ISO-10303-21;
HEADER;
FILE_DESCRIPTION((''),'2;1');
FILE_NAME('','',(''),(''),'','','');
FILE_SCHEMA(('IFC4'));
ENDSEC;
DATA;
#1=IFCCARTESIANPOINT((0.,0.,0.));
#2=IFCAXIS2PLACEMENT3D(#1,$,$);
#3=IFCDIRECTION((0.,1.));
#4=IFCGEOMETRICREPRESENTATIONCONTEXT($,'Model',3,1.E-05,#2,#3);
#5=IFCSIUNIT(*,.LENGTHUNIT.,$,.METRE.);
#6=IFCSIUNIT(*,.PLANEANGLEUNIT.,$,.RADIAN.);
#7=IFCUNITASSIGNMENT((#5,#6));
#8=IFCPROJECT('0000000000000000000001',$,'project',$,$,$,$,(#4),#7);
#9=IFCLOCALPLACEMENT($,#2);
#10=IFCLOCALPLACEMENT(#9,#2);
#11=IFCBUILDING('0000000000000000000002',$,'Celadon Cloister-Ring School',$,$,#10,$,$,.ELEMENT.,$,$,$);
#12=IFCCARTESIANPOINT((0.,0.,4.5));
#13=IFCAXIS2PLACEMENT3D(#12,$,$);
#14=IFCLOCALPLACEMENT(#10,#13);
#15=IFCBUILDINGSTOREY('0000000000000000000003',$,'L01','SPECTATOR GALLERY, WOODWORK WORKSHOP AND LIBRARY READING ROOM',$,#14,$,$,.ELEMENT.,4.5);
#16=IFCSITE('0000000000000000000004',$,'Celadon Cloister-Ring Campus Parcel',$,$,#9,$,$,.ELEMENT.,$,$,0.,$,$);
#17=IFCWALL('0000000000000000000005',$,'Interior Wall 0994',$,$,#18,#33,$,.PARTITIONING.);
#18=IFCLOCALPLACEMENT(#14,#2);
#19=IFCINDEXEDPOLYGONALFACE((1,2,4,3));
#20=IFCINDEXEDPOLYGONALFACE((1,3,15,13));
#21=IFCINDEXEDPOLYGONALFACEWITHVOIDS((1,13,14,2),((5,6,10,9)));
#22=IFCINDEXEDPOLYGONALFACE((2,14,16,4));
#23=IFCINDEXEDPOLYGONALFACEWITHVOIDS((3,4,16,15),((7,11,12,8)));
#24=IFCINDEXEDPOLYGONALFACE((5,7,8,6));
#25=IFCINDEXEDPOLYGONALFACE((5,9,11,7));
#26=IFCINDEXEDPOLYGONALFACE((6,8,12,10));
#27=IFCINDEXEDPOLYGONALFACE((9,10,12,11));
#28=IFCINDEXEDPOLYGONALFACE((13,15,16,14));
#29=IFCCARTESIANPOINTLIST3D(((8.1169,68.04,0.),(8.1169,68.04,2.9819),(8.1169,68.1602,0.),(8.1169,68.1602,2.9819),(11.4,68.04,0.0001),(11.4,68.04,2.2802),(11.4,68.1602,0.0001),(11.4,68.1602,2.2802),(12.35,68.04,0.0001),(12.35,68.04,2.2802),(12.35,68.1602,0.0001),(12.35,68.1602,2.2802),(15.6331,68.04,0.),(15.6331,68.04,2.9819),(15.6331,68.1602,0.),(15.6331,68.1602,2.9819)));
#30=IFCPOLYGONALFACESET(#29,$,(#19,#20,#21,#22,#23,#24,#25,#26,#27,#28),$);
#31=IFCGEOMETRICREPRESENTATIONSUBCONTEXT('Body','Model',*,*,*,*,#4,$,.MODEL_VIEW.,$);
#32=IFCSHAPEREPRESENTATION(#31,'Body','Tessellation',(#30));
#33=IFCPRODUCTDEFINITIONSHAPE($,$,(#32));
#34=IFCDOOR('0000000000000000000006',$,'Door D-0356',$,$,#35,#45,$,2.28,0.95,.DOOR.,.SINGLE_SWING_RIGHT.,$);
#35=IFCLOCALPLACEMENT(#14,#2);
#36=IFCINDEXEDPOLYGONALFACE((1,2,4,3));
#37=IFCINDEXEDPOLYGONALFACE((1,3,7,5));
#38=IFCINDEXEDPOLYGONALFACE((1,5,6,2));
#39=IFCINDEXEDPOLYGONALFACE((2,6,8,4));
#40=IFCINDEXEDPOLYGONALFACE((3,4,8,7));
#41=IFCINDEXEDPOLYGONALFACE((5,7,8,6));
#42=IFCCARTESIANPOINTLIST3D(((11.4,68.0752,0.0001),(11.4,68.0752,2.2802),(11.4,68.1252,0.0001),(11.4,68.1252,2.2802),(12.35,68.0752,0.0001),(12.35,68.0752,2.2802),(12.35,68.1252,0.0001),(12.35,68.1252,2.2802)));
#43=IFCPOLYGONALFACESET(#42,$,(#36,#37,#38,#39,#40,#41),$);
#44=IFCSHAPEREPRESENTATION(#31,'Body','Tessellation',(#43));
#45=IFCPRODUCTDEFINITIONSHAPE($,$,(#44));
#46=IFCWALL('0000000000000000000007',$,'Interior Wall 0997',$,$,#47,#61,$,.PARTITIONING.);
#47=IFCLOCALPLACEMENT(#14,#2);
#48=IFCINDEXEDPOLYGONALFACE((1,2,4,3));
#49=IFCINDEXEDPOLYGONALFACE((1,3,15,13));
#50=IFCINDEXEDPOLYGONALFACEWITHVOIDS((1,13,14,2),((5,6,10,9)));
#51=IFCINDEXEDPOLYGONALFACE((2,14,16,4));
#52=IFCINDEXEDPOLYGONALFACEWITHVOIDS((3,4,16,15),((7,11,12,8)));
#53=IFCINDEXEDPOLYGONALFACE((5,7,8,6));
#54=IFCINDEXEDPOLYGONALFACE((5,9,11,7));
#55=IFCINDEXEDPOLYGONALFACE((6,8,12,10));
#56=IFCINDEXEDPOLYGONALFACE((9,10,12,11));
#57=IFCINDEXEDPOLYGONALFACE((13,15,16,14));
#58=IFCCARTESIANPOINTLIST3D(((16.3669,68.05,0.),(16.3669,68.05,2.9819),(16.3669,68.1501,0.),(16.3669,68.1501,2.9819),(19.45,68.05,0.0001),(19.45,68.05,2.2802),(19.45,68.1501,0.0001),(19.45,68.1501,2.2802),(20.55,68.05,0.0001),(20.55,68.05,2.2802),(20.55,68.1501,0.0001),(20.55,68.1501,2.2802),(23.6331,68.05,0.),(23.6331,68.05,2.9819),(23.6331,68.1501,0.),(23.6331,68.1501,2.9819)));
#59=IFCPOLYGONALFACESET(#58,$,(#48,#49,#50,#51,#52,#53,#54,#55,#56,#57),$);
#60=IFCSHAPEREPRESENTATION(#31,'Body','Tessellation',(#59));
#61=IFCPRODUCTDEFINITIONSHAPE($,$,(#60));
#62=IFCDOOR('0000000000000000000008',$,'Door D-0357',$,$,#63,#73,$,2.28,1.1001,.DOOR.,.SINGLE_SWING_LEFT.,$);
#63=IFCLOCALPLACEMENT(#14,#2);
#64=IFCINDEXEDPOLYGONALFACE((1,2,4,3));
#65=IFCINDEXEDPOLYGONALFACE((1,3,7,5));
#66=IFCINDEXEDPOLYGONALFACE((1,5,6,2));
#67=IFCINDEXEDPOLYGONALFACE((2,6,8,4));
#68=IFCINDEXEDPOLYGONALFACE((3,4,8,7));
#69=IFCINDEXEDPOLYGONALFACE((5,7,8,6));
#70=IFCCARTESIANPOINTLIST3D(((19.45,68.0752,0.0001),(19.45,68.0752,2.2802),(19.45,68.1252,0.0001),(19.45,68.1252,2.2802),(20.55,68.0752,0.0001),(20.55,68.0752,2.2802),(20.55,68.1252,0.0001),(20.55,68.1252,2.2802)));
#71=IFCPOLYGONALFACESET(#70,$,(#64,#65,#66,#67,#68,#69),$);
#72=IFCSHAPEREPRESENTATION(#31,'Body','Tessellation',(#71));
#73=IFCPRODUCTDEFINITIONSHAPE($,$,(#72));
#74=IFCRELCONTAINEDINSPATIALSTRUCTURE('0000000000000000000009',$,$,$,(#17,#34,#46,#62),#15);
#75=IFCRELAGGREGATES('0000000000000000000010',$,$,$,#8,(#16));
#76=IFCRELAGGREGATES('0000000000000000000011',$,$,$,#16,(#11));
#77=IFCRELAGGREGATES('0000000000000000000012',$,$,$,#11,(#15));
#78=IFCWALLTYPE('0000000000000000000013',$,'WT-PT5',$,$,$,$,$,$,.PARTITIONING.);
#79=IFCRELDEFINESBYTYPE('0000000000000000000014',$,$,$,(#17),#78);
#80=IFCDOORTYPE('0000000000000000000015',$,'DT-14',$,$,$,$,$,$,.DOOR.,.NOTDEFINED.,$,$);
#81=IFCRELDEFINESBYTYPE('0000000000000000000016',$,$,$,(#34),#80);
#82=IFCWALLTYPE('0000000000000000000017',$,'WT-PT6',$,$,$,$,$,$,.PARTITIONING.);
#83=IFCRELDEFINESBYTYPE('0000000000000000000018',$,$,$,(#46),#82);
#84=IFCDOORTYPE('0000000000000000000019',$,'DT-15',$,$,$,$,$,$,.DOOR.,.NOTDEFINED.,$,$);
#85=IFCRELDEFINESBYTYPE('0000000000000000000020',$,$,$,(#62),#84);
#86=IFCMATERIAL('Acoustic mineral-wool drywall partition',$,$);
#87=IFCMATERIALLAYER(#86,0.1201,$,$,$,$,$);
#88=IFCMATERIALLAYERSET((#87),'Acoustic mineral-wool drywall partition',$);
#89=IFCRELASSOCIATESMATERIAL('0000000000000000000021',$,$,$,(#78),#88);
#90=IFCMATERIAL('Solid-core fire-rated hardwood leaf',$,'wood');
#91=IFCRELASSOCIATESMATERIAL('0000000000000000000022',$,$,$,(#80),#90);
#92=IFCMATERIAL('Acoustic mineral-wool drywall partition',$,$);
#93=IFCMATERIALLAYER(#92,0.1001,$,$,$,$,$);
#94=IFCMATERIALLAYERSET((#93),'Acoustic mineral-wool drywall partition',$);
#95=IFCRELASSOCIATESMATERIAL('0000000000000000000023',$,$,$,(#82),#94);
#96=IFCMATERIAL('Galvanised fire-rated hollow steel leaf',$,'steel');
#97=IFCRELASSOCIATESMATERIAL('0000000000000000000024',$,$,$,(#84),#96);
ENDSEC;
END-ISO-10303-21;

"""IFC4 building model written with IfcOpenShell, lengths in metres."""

from ifc_helpers import new_model, si_unit, direction, frame, frame_2d, origin, place, context, subcontext, project, spatial, rectangle, extrude, material, layer, layer_set, type_object, element, fill, save


model = new_model("IFC4")

# Units and contexts
model_context = context("Model", 3, precision=1e-05, world=origin(), true_north=direction((0.0, 1.0)))
body_context = subcontext(model_context, "Body", "Model", "MODEL_VIEW")
ifc_project = project(units=[si_unit("LENGTHUNIT", "METRE"), si_unit("PLANEANGLEUNIT", "RADIAN")], contexts=[model_context])

# Site, building, storey
site_placement = place(None, origin())
site = spatial("IfcSite", under=ifc_project, at=site_placement, Name="Celadon Cloister-Ring Campus Parcel", CompositionType="ELEMENT", RefElevation=0.0)
building_placement = place(site_placement, origin())
building = spatial("IfcBuilding", under=site, at=building_placement, Name="Celadon Cloister-Ring School", CompositionType="ELEMENT")
storey_placement = place(building_placement, frame((0.0, 0.0, 4.5)))
storey = spatial("IfcBuildingStorey", under=building, at=storey_placement, Name="L01", Description="SPECTATOR GALLERY, WOODWORK WORKSHOP AND LIBRARY READING ROOM", CompositionType="ELEMENT", Elevation=4.5)

# Walls, openings, doors
ifc_material_1 = material(Name="Acoustic mineral-wool drywall partition")
ifc_layer_1 = layer(ifc_material_1, 0.1201)
ifc_layer_set_1 = layer_set([ifc_layer_1], Name="Acoustic mineral-wool drywall partition")
wall_type_1 = type_object("IfcWallType", Name="WT-PT5", PredefinedType="PARTITIONING", material=ifc_layer_set_1)
wall_1_placement = place(storey_placement, frame((15.6331, 68.1001, 0.0), z_axis=(0.0, 0.0, 1.0), x_axis=(-1.0, 0.0, 0.0)))
wall_1 = element("IfcWall", 1, at=wall_1_placement, inside=storey, type_object=wall_type_1, Name="Interior Wall 0994", PredefinedType="PARTITIONING", context=body_context, shape_type="SweptSolid", body=[
    extrude(rectangle(XDim=7.5161, YDim=0.1201, at=frame_2d((3.7581, 0.0))), origin(), (0.0, 0.0, 1.0), 2.9819),
])
opening_1_placement = place(wall_1_placement, frame((3.283, 0.0, 0.0)))
opening_1 = element("IfcOpeningElement", 2, at=opening_1_placement, cuts=wall_1, PredefinedType="OPENING", context=body_context, shape_type="SweptSolid", body=[
    extrude(rectangle(XDim=0.95, YDim=2.28, at=frame_2d((0.4751, 1.1401))), frame((0.0, 0.0701, 0.0), z_axis=(0.0, -1.0, 0.0), x_axis=(1.0, 0.0, 0.0)), (0.0, 0.0, 1.0), 0.1401),
])
ifc_material_2 = material(Name="Solid-core fire-rated hardwood leaf", Category="wood")
door_type_1 = type_object("IfcDoorType", Name="DT-14", OperationType="NOTDEFINED", PredefinedType="DOOR", material=ifc_material_2)
door_1_placement = place(opening_1_placement, origin())
door_1 = element("IfcDoor", 3, at=door_1_placement, inside=storey, type_object=door_type_1, Name="Door D-0356", OperationType="SINGLE_SWING_RIGHT", OverallHeight=2.28, OverallWidth=0.95, PredefinedType="DOOR", context=body_context, shape_type="SweptSolid", body=[
    extrude(rectangle(XDim=0.95, YDim=2.28, at=frame_2d((0.4751, 1.1401))), frame((0.0, 0.0249, 0.0), z_axis=(0.0, -1.0, 0.0), x_axis=(1.0, 0.0, 0.0)), (0.0, 0.0, 1.0), 0.05),
])
fill(opening_1, door_1)
ifc_material_3 = material(Name="Acoustic mineral-wool drywall partition")
ifc_layer_2 = layer(ifc_material_3, 0.1001)
ifc_layer_set_2 = layer_set([ifc_layer_2], Name="Acoustic mineral-wool drywall partition")
wall_type_2 = type_object("IfcWallType", Name="WT-PT6", PredefinedType="PARTITIONING", material=ifc_layer_set_2)
wall_2_placement = place(storey_placement, frame((23.6331, 68.1001, 0.0), z_axis=(0.0, 0.0, 1.0), x_axis=(-1.0, 0.0, 0.0)))
wall_2 = element("IfcWall", 4, at=wall_2_placement, inside=storey, type_object=wall_type_2, Name="Interior Wall 0997", PredefinedType="PARTITIONING", context=body_context, shape_type="SweptSolid", body=[
    extrude(rectangle(XDim=7.2661, YDim=0.1001, at=frame_2d((3.6331, 0.0))), origin(), (0.0, 0.0, 1.0), 2.9819),
])
opening_2_placement = place(wall_2_placement, frame((3.083, 0.0, 0.0)))
opening_2 = element("IfcOpeningElement", 5, at=opening_2_placement, cuts=wall_2, PredefinedType="OPENING", context=body_context, shape_type="SweptSolid", body=[
    extrude(rectangle(XDim=1.1001, YDim=2.28, at=frame_2d((0.55, 1.1401))), frame((0.0, 0.0601, 0.0), z_axis=(0.0, -1.0, 0.0), x_axis=(1.0, 0.0, 0.0)), (0.0, 0.0, 1.0), 0.1201),
])
ifc_material_4 = material(Name="Galvanised fire-rated hollow steel leaf", Category="steel")
door_type_2 = type_object("IfcDoorType", Name="DT-15", OperationType="NOTDEFINED", PredefinedType="DOOR", material=ifc_material_4)
door_2_placement = place(opening_2_placement, origin())
door_2 = element("IfcDoor", 6, at=door_2_placement, inside=storey, type_object=door_type_2, Name="Door D-0357", OperationType="SINGLE_SWING_LEFT", OverallHeight=2.28, OverallWidth=1.1001, PredefinedType="DOOR", context=body_context, shape_type="SweptSolid", body=[
    extrude(rectangle(XDim=1.1001, YDim=2.28, at=frame_2d((0.55, 1.1401))), frame((0.0, 0.0249, 0.0), z_axis=(0.0, -1.0, 0.0), x_axis=(1.0, 0.0, 0.0)), (0.0, 0.0, 1.0), 0.05),
])
fill(opening_2, door_2)

save(model, "model.ifc")
